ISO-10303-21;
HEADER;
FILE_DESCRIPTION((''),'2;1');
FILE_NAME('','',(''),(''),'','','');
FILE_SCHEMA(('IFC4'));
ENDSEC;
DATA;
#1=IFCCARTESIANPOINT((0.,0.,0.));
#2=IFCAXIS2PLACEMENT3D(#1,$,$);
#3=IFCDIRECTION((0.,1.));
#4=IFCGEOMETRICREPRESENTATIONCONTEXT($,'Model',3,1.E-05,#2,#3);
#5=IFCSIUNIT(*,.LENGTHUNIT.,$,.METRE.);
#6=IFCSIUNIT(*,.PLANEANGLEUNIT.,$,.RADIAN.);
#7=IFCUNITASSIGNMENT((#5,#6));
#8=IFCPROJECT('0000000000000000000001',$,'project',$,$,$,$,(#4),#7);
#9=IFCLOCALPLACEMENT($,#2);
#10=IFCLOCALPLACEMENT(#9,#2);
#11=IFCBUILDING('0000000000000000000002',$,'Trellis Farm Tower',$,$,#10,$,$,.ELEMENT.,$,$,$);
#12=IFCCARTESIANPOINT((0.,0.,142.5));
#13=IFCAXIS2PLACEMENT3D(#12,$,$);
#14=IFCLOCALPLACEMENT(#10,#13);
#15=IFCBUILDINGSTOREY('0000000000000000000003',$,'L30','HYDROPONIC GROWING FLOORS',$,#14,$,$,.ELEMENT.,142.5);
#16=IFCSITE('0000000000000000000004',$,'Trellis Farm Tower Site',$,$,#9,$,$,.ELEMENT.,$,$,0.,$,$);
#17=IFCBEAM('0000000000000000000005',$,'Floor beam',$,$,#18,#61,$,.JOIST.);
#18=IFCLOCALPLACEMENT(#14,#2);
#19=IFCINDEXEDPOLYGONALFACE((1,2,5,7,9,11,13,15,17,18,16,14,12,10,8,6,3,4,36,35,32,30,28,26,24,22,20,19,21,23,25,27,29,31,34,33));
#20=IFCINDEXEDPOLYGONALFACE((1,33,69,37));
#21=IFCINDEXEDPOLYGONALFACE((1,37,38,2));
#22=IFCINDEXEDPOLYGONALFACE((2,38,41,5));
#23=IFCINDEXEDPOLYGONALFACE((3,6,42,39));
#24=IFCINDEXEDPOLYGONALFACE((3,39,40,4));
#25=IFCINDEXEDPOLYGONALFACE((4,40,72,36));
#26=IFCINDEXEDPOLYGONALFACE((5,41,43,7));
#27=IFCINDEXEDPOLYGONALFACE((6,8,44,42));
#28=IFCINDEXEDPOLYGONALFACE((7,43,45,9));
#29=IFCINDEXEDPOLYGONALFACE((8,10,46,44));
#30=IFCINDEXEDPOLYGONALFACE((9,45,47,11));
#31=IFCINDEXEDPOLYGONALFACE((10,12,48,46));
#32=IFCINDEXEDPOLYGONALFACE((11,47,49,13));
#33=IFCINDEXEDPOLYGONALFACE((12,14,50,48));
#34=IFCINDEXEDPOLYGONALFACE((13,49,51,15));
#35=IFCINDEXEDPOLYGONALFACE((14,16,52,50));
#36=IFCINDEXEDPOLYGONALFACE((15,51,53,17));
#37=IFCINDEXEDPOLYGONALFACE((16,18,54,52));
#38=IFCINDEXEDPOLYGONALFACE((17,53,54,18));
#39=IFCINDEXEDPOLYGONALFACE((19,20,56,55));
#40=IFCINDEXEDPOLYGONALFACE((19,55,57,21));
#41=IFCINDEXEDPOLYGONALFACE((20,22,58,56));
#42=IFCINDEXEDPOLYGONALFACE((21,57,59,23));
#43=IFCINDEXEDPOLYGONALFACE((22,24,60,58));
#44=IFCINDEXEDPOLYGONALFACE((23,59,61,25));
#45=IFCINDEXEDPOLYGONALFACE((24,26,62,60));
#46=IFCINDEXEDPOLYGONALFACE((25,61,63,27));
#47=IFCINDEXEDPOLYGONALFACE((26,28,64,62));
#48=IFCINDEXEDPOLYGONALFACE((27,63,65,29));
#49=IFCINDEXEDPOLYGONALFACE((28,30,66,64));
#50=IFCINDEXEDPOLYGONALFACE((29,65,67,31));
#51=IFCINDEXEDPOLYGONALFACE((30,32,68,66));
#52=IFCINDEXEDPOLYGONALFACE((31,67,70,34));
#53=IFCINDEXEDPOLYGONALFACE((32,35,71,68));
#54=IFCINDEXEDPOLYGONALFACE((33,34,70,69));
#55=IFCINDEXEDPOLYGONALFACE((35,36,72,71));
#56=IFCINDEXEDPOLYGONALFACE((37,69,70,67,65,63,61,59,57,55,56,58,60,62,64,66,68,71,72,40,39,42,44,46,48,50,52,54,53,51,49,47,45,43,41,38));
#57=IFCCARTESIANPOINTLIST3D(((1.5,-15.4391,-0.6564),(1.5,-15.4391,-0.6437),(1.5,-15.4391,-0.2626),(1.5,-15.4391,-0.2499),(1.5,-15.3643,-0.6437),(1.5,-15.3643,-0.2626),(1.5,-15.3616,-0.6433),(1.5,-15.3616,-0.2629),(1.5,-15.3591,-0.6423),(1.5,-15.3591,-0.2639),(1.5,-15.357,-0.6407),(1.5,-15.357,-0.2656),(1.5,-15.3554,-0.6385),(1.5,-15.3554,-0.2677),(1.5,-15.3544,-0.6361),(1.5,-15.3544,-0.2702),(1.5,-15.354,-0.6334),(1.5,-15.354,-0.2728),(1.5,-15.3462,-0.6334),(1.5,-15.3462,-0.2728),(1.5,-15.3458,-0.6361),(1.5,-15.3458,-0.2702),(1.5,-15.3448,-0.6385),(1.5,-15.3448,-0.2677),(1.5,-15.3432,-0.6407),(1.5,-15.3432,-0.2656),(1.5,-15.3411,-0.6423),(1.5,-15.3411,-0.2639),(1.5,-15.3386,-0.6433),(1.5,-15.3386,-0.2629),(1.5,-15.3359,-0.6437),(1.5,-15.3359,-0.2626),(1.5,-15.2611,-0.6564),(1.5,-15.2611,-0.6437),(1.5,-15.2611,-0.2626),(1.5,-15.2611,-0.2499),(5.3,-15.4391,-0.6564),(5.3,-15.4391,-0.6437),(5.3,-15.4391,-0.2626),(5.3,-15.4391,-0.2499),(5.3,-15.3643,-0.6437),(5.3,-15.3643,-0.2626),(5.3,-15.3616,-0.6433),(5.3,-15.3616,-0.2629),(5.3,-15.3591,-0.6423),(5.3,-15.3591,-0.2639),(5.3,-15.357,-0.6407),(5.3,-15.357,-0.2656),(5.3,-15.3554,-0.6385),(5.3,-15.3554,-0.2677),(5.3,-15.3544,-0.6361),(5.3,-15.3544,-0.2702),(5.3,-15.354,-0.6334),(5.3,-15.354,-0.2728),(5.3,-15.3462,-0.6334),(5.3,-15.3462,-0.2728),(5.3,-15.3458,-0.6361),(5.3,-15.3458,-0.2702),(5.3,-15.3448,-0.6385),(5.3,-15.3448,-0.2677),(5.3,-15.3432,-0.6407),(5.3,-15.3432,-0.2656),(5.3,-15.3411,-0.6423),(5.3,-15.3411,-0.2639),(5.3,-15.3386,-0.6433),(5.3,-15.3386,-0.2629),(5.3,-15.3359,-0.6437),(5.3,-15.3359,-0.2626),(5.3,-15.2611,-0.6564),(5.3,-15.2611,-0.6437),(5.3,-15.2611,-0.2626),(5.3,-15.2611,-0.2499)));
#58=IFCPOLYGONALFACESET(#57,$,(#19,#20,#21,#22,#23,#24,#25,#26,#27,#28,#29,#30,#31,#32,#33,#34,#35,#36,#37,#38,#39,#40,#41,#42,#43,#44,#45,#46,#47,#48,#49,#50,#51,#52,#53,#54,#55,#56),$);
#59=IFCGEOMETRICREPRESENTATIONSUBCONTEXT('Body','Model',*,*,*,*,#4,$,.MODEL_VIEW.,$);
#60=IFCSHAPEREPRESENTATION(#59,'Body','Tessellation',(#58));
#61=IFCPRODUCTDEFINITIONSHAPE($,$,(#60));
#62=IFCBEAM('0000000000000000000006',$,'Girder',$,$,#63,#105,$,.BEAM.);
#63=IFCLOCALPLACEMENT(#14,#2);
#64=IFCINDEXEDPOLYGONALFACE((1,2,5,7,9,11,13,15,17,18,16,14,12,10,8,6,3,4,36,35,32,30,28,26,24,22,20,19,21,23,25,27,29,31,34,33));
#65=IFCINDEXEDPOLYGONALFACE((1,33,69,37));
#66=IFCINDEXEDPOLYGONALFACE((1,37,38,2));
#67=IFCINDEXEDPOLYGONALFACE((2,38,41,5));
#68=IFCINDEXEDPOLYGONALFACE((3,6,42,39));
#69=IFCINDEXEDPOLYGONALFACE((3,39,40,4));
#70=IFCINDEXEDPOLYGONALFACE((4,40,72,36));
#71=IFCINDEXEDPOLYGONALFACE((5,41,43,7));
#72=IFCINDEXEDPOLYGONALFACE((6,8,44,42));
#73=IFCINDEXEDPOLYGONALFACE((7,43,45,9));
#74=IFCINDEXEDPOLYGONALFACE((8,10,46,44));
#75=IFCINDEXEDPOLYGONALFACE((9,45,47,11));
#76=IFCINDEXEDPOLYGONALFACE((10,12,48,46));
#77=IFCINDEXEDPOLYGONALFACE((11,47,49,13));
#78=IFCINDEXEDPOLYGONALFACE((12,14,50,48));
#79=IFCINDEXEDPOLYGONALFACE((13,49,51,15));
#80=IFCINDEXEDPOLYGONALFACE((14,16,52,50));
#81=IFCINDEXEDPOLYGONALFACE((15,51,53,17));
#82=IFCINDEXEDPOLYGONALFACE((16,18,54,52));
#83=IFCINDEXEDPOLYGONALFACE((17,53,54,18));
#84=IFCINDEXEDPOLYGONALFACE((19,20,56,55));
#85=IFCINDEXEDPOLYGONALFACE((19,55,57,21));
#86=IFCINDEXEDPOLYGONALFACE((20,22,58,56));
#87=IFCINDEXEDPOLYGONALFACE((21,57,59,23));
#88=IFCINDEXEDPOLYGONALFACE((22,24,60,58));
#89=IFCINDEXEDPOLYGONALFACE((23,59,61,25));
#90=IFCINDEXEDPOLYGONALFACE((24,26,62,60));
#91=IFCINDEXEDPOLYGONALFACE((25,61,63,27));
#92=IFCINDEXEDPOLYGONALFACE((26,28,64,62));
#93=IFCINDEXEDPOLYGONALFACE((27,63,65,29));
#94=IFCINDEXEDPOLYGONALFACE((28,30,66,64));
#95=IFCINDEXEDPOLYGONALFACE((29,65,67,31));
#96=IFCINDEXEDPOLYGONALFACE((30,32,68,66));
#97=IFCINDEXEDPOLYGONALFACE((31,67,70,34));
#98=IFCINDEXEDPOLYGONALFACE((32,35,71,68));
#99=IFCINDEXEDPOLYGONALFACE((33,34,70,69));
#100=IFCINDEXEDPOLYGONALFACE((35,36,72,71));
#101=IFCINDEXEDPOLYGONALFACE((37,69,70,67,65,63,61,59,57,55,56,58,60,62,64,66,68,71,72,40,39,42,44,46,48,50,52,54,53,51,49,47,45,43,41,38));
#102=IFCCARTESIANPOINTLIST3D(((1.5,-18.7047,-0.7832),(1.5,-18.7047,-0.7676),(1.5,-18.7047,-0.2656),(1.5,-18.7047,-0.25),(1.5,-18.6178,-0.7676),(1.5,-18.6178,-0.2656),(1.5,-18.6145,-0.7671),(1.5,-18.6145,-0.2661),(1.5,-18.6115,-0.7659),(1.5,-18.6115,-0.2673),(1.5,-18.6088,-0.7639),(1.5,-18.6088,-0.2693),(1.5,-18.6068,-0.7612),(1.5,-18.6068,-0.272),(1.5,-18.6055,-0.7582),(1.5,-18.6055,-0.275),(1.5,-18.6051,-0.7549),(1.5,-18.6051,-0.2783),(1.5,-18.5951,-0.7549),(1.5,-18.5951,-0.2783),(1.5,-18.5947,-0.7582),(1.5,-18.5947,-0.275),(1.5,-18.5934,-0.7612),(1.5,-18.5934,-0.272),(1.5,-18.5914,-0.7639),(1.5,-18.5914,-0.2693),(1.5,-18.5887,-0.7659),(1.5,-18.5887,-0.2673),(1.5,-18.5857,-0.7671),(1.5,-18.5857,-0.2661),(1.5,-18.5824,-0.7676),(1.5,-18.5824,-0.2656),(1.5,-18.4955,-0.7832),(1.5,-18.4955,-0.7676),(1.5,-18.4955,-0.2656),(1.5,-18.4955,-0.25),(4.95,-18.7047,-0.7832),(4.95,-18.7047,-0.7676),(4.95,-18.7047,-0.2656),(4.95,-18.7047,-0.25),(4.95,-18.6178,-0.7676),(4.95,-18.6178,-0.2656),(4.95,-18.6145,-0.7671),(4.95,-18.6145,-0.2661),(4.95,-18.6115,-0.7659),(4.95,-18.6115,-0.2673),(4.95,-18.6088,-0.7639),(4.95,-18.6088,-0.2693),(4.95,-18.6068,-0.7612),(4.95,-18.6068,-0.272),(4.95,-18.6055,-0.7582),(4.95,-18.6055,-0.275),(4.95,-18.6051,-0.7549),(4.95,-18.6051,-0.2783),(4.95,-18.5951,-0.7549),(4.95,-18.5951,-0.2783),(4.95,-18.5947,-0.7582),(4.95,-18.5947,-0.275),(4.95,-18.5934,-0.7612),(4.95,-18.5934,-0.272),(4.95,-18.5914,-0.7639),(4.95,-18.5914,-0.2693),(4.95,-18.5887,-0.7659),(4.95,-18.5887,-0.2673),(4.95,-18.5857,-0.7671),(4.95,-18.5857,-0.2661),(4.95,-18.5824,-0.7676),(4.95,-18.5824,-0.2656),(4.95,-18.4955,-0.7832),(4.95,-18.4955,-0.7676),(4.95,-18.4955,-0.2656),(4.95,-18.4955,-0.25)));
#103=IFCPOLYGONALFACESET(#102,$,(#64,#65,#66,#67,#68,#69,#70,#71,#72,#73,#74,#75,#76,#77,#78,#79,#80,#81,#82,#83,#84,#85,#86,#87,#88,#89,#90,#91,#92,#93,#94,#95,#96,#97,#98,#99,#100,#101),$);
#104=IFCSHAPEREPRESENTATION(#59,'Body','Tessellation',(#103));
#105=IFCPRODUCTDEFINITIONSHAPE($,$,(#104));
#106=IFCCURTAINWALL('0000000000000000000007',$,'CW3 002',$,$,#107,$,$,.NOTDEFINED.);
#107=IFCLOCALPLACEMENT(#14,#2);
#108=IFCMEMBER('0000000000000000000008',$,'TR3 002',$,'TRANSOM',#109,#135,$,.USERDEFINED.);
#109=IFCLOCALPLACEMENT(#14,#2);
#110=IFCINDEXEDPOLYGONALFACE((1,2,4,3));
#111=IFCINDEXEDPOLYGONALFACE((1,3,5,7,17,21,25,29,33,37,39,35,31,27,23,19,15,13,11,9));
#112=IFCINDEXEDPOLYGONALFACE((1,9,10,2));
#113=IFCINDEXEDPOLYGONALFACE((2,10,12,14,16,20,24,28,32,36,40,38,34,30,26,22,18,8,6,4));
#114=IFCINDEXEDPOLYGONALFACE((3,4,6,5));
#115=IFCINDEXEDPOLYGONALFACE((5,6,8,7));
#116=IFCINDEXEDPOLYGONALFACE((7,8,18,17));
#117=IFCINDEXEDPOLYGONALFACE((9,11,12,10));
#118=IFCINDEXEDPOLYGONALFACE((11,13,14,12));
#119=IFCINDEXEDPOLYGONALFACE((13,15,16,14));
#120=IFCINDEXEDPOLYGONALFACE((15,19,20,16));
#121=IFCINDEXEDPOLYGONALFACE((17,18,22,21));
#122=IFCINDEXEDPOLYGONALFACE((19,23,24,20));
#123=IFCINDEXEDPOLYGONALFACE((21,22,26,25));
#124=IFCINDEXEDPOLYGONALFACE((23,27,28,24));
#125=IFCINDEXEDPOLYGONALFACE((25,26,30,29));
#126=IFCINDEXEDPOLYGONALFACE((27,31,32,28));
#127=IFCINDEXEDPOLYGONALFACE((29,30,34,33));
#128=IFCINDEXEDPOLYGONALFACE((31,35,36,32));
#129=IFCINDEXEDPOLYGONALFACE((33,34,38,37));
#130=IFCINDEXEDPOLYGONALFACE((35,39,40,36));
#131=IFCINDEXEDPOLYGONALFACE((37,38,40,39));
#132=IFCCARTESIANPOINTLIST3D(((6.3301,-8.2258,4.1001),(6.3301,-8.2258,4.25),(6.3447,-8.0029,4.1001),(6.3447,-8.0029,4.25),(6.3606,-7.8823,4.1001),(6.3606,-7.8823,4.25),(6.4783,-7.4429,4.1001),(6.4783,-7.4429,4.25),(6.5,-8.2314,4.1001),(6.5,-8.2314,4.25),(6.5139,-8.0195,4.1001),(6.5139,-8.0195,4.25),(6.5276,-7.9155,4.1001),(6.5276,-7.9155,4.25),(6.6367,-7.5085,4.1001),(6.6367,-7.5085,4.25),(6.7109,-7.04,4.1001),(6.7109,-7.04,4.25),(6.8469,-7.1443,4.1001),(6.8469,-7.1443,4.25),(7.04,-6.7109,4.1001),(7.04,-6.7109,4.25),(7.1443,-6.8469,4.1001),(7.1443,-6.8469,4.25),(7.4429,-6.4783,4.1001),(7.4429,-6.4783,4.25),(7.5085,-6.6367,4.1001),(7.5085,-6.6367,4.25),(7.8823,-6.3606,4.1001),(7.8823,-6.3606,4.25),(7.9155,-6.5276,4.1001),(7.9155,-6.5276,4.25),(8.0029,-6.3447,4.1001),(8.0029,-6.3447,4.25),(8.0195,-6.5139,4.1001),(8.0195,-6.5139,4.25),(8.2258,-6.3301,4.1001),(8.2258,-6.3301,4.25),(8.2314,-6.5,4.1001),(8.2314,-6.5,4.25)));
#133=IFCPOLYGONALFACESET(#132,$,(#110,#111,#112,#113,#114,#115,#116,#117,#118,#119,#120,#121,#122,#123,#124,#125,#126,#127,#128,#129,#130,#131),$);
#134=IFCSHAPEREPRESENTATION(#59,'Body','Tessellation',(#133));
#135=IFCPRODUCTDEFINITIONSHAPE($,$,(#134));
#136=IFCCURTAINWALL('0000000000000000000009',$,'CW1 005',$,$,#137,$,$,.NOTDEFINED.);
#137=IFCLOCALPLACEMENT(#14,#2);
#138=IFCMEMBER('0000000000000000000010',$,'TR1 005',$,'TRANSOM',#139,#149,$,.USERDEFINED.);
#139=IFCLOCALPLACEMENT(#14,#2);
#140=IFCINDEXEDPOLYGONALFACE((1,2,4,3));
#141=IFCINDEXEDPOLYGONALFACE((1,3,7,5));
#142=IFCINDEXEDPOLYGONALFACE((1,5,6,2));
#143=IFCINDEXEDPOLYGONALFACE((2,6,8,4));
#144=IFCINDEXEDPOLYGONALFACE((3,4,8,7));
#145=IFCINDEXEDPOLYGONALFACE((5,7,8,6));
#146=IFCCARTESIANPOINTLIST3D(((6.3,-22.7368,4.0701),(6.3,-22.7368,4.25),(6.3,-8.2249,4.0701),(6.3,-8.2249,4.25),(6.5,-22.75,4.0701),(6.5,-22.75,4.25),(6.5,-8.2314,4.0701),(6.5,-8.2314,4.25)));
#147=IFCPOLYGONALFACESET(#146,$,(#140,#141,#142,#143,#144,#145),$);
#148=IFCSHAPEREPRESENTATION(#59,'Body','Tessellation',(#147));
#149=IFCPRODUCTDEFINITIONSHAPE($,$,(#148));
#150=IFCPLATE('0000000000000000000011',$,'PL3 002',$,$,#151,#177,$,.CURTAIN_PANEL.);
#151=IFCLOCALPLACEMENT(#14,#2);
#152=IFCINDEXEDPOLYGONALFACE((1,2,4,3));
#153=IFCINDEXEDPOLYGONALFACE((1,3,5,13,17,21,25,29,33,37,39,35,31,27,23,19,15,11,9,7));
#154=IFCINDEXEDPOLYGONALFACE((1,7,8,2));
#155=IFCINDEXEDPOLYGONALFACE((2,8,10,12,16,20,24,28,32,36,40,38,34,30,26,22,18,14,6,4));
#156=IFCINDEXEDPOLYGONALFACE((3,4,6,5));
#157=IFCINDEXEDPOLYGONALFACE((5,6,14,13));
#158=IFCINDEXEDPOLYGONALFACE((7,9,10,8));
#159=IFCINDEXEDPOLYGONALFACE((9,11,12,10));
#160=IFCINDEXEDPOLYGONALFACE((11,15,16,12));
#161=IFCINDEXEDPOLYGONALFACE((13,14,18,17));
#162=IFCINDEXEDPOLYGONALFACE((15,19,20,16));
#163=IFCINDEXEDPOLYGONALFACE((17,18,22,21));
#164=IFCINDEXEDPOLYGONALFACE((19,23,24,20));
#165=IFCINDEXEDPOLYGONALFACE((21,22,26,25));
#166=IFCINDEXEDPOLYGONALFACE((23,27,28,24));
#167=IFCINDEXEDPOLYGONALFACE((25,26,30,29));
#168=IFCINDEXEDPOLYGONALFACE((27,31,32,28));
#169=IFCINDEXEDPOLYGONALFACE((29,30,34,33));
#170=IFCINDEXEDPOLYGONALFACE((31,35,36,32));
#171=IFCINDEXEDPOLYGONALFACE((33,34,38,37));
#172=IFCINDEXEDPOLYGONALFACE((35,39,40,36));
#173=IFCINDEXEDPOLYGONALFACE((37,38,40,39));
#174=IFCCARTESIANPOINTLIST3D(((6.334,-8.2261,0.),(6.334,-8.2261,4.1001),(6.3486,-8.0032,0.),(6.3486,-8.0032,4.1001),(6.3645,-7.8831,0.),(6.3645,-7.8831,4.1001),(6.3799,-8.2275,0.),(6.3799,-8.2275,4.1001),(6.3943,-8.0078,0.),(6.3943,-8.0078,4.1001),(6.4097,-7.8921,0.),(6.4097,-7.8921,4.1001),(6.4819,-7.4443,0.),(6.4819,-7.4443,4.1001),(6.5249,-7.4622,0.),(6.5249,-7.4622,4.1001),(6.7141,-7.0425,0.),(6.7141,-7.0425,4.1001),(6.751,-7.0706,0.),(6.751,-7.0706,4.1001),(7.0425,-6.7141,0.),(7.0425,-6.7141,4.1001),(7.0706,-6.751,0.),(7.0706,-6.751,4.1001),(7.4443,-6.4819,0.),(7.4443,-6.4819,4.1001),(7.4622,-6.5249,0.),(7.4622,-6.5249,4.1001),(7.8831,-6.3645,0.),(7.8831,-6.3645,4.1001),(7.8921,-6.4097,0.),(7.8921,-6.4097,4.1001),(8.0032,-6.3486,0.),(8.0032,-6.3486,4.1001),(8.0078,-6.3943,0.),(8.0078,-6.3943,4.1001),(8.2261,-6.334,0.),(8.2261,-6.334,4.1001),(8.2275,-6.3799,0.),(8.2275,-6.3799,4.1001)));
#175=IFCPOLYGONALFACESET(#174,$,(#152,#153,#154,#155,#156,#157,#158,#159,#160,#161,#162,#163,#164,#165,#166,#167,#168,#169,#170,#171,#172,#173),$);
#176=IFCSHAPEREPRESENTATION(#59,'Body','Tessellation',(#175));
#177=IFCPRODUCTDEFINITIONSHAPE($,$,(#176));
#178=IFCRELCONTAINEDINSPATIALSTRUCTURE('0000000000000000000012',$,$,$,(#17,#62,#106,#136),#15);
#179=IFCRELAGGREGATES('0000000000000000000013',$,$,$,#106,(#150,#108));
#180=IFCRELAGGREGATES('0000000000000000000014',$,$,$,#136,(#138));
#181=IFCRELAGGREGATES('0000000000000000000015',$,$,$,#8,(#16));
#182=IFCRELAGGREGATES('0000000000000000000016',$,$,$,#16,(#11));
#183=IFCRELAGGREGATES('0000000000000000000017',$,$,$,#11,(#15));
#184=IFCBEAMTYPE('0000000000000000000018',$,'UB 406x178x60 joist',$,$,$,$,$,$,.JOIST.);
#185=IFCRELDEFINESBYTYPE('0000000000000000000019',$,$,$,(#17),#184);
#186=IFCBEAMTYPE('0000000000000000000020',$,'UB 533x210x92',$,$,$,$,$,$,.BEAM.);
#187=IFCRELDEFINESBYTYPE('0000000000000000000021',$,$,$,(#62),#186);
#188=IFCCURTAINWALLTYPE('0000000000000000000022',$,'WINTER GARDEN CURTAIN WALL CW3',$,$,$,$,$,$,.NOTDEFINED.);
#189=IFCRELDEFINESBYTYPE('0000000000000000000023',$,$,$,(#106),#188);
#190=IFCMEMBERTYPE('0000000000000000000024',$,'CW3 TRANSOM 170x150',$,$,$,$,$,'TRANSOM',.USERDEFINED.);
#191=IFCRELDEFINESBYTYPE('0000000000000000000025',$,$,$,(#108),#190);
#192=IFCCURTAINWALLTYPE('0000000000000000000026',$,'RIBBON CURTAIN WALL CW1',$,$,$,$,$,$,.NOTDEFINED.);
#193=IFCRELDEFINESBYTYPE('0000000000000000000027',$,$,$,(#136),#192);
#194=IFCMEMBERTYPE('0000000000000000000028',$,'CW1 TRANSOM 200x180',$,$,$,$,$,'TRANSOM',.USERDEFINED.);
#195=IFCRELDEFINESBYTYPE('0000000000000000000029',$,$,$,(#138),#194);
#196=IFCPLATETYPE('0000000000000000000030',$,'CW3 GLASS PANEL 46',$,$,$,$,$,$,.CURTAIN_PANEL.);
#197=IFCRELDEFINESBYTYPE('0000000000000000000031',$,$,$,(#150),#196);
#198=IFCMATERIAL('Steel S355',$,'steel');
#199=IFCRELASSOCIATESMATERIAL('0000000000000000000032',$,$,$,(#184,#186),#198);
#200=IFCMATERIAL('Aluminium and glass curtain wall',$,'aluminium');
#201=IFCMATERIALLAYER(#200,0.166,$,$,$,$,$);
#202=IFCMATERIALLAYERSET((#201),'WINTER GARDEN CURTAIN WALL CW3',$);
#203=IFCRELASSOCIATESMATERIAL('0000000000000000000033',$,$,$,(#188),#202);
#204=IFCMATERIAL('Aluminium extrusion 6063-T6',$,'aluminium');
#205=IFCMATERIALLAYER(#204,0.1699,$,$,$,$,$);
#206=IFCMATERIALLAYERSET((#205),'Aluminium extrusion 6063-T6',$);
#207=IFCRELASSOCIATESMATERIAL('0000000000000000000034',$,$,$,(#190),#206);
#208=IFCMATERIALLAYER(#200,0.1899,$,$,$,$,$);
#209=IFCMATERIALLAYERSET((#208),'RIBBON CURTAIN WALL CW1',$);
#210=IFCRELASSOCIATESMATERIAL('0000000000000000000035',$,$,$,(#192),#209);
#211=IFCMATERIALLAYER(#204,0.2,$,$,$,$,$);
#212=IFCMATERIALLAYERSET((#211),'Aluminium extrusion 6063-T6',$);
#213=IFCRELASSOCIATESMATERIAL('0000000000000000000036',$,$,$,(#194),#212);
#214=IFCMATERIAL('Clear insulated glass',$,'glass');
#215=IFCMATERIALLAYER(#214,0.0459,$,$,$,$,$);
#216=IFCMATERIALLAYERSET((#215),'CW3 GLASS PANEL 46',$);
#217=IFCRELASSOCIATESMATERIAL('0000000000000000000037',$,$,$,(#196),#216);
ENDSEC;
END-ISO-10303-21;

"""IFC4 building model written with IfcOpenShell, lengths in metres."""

from ifc_helpers import new_model, si_unit, direction, frame, origin, origin_2d, place, context, subcontext, project, spatial, polyline, i_section, outline, extrude, source, transform, mapped, material, layer, layer_set, material_profile, profile_set, type_object, element, aggregate, save


model = new_model("IFC4")

# Units and contexts
model_context = context("Model", 3, precision=1e-05, world=origin(), true_north=direction((0.0, 1.0)))
body_context = subcontext(model_context, "Body", "Model", "MODEL_VIEW")
ifc_project = project(units=[si_unit("LENGTHUNIT", "METRE"), si_unit("PLANEANGLEUNIT", "RADIAN")], contexts=[model_context])

# Site, building, storey
site_placement = place(None, origin())
site = spatial("IfcSite", under=ifc_project, at=site_placement, Name="Trellis Farm Tower Site", CompositionType="ELEMENT", RefElevation=0.0)
building_placement = place(site_placement, origin())
building = spatial("IfcBuilding", under=site, at=building_placement, Name="Trellis Farm Tower", CompositionType="ELEMENT")
storey_placement = place(building_placement, frame((0.0, 0.0, 142.5)))
storey = spatial("IfcBuildingStorey", under=building, at=storey_placement, Name="L30", Description="HYDROPONIC GROWING FLOORS", CompositionType="ELEMENT", Elevation=142.5)

# Beams
ifc_material_1 = material(Name="Steel S355", Category="steel")
ifc_material_profile_1 = material_profile(ifc_material_1, i_section(OverallWidth=0.178, OverallDepth=0.4065, WebThickness=0.0078, FlangeThickness=0.0127, FilletRadius=0.0103, at=origin_2d()), Name="UB 406x178x60")
ifc_profile_set_1 = profile_set([ifc_material_profile_1], Name="Steel S355")
beam_type_1 = type_object("IfcBeamType", Name="UB 406x178x60 joist", PredefinedType="JOIST", material=ifc_profile_set_1)
shared_shape_1 = source(origin(), body_context, "Body", "SweptSolid", [
    extrude(i_section(OverallWidth=0.178, OverallDepth=0.4065, WebThickness=0.0078, FlangeThickness=0.0127, FilletRadius=0.0103, at=origin_2d()), origin(), (0.0, 0.0, 1.0), 3.8),
])
beam_1_placement = place(storey_placement, frame((1.5, -15.3501, -0.4531), z_axis=(1.0, 0.0, 0.0), x_axis=(0.0, 1.0, 0.0)))
element("IfcBeam", 1, at=beam_1_placement, inside=storey, type_object=beam_type_1, Name="Floor beam", PredefinedType="JOIST", context=body_context, shape_type="MappedRepresentation", body=[
    mapped(shared_shape_1, transform((0.0, 0.0, 0.0))),
])
ifc_material_profile_2 = material_profile(ifc_material_1, i_section(OverallWidth=0.2092, OverallDepth=0.5332, WebThickness=0.01, FlangeThickness=0.0156, FilletRadius=0.0127, at=origin_2d()), Name="UB 533x210x92")
ifc_profile_set_2 = profile_set([ifc_material_profile_2], Name="Steel S355")
beam_type_2 = type_object("IfcBeamType", Name="UB 533x210x92", PredefinedType="BEAM", material=ifc_profile_set_2)
shared_shape_2 = source(origin(), body_context, "Body", "SweptSolid", [
    extrude(i_section(OverallWidth=0.2092, OverallDepth=0.5332, WebThickness=0.01, FlangeThickness=0.0156, FilletRadius=0.0127, at=origin_2d()), origin(), (0.0, 0.0, 1.0), 3.45),
])
beam_2_placement = place(storey_placement, frame((1.5, -18.6001, -0.5166), z_axis=(1.0, 0.0, 0.0), x_axis=(0.0, 1.0, 0.0)))
element("IfcBeam", 2, at=beam_2_placement, inside=storey, type_object=beam_type_2, Name="Girder", PredefinedType="BEAM", context=body_context, shape_type="MappedRepresentation", body=[
    mapped(shared_shape_2, transform((0.0, 0.0, 0.0))),
])

# Curtain walls, members
ifc_material_2 = material(Name="Aluminium and glass curtain wall", Category="aluminium")
ifc_layer_1 = layer(ifc_material_2, 0.166)
ifc_layer_set_1 = layer_set([ifc_layer_1], Name="WINTER GARDEN CURTAIN WALL CW3")
curtain_wall_type_1 = type_object("IfcCurtainWallType", Name="WINTER GARDEN CURTAIN WALL CW3", PredefinedType="NOTDEFINED", material=ifc_layer_set_1)
placement_1 = place(storey_placement, origin())
curtain_wall_1 = element("IfcCurtainWall", 3, at=placement_1, inside=storey, type_object=curtain_wall_type_1, Name="CW3 002", PredefinedType="NOTDEFINED")
ifc_material_3 = material(Name="Aluminium extrusion 6063-T6", Category="aluminium")
ifc_layer_2 = layer(ifc_material_3, 0.1699)
ifc_layer_set_2 = layer_set([ifc_layer_2], Name="Aluminium extrusion 6063-T6")
member_type_1 = type_object("IfcMemberType", Name="CW3 TRANSOM 170x150", ElementType="TRANSOM", PredefinedType="USERDEFINED", material=ifc_layer_set_2)
shared_shape_3 = source(origin(), body_context, "Body", "SweptSolid", [
    extrude(outline(polyline([(6.5, -8.2314), (6.5139, -8.0195), (6.5276, -7.9155), (6.6367, -7.5085), (6.8469, -7.1443), (7.1443, -6.8469), (7.5085, -6.6367), (7.9155, -6.5276), (8.0195, -6.5139), (8.2314, -6.5), (8.2258, -6.3301), (8.0029, -6.3447), (7.8823, -6.3606), (7.4429, -6.4783), (7.04, -6.7109), (6.7109, -7.04), (6.4783, -7.4429), (6.3606, -7.8823), (6.3447, -8.0029), (6.3301, -8.2258), (6.5, -8.2314)])), origin(), (0.0, 0.0, 1.0), 0.1499),
])
member_1_placement = place(storey_placement, frame((0.0, 0.0, 4.1001)))
member_1 = element("IfcMember", 4, at=member_1_placement, type_object=member_type_1, Name="TR3 002", ObjectType="TRANSOM", PredefinedType="USERDEFINED", context=body_context, shape_type="MappedRepresentation", body=[
    mapped(shared_shape_3, transform((0.0, 0.0, 0.0))),
])
ifc_layer_3 = layer(ifc_material_2, 0.1899)
ifc_layer_set_3 = layer_set([ifc_layer_3], Name="RIBBON CURTAIN WALL CW1")
curtain_wall_type_2 = type_object("IfcCurtainWallType", Name="RIBBON CURTAIN WALL CW1", PredefinedType="NOTDEFINED", material=ifc_layer_set_3)
curtain_wall_2 = element("IfcCurtainWall", 5, at=placement_1, inside=storey, type_object=curtain_wall_type_2, Name="CW1 005", PredefinedType="NOTDEFINED")
ifc_layer_4 = layer(ifc_material_3, 0.2)
ifc_layer_set_4 = layer_set([ifc_layer_4], Name="Aluminium extrusion 6063-T6")
member_type_2 = type_object("IfcMemberType", Name="CW1 TRANSOM 200x180", ElementType="TRANSOM", PredefinedType="USERDEFINED", material=ifc_layer_set_4)
shared_shape_4 = source(origin(), body_context, "Body", "SweptSolid", [
    extrude(outline(polyline([(6.5, -22.75), (6.5, -8.2314), (6.3, -8.2249), (6.3, -22.7368), (6.5, -22.75)])), origin(), (0.0, 0.0, 1.0), 0.1799),
])
member_2_placement = place(storey_placement, frame((0.0, 0.0, 4.0701)))
member_2 = element("IfcMember", 6, at=member_2_placement, type_object=member_type_2, Name="TR1 005", ObjectType="TRANSOM", PredefinedType="USERDEFINED", context=body_context, shape_type="MappedRepresentation", body=[
    mapped(shared_shape_4, transform((0.0, 0.0, 0.0))),
])

# Plate
ifc_material_4 = material(Name="Clear insulated glass", Category="glass")
ifc_layer_5 = layer(ifc_material_4, 0.0459)
ifc_layer_set_5 = layer_set([ifc_layer_5], Name="CW3 GLASS PANEL 46")
plate_type_1 = type_object("IfcPlateType", Name="CW3 GLASS PANEL 46", PredefinedType="CURTAIN_PANEL", material=ifc_layer_set_5)
shared_shape_5 = source(origin(), body_context, "Body", "SweptSolid", [
    extrude(outline(polyline([(6.3799, -8.2275), (6.3943, -8.0078), (6.4097, -7.8921), (6.5249, -7.4622), (6.751, -7.0706), (7.0706, -6.751), (7.4622, -6.5249), (7.8921, -6.4097), (8.0078, -6.3943), (8.2275, -6.3799), (8.2261, -6.334), (8.0032, -6.3486), (7.8831, -6.3645), (7.4443, -6.4819), (7.0425, -6.7141), (6.7141, -7.0425), (6.4819, -7.4443), (6.3645, -7.8831), (6.3486, -8.0032), (6.334, -8.2261), (6.3799, -8.2275)])), origin(), (0.0, 0.0, 1.0), 4.1001),
])
plate_1 = element("IfcPlate", 7, at=placement_1, type_object=plate_type_1, Name="PL3 002", PredefinedType="CURTAIN_PANEL", context=body_context, shape_type="MappedRepresentation", body=[
    mapped(shared_shape_5, transform((0.0, 0.0, 0.0))),
])
aggregate(curtain_wall_1, [plate_1, member_1])

aggregate(curtain_wall_2, [member_2])

save(model, "model.ifc")
